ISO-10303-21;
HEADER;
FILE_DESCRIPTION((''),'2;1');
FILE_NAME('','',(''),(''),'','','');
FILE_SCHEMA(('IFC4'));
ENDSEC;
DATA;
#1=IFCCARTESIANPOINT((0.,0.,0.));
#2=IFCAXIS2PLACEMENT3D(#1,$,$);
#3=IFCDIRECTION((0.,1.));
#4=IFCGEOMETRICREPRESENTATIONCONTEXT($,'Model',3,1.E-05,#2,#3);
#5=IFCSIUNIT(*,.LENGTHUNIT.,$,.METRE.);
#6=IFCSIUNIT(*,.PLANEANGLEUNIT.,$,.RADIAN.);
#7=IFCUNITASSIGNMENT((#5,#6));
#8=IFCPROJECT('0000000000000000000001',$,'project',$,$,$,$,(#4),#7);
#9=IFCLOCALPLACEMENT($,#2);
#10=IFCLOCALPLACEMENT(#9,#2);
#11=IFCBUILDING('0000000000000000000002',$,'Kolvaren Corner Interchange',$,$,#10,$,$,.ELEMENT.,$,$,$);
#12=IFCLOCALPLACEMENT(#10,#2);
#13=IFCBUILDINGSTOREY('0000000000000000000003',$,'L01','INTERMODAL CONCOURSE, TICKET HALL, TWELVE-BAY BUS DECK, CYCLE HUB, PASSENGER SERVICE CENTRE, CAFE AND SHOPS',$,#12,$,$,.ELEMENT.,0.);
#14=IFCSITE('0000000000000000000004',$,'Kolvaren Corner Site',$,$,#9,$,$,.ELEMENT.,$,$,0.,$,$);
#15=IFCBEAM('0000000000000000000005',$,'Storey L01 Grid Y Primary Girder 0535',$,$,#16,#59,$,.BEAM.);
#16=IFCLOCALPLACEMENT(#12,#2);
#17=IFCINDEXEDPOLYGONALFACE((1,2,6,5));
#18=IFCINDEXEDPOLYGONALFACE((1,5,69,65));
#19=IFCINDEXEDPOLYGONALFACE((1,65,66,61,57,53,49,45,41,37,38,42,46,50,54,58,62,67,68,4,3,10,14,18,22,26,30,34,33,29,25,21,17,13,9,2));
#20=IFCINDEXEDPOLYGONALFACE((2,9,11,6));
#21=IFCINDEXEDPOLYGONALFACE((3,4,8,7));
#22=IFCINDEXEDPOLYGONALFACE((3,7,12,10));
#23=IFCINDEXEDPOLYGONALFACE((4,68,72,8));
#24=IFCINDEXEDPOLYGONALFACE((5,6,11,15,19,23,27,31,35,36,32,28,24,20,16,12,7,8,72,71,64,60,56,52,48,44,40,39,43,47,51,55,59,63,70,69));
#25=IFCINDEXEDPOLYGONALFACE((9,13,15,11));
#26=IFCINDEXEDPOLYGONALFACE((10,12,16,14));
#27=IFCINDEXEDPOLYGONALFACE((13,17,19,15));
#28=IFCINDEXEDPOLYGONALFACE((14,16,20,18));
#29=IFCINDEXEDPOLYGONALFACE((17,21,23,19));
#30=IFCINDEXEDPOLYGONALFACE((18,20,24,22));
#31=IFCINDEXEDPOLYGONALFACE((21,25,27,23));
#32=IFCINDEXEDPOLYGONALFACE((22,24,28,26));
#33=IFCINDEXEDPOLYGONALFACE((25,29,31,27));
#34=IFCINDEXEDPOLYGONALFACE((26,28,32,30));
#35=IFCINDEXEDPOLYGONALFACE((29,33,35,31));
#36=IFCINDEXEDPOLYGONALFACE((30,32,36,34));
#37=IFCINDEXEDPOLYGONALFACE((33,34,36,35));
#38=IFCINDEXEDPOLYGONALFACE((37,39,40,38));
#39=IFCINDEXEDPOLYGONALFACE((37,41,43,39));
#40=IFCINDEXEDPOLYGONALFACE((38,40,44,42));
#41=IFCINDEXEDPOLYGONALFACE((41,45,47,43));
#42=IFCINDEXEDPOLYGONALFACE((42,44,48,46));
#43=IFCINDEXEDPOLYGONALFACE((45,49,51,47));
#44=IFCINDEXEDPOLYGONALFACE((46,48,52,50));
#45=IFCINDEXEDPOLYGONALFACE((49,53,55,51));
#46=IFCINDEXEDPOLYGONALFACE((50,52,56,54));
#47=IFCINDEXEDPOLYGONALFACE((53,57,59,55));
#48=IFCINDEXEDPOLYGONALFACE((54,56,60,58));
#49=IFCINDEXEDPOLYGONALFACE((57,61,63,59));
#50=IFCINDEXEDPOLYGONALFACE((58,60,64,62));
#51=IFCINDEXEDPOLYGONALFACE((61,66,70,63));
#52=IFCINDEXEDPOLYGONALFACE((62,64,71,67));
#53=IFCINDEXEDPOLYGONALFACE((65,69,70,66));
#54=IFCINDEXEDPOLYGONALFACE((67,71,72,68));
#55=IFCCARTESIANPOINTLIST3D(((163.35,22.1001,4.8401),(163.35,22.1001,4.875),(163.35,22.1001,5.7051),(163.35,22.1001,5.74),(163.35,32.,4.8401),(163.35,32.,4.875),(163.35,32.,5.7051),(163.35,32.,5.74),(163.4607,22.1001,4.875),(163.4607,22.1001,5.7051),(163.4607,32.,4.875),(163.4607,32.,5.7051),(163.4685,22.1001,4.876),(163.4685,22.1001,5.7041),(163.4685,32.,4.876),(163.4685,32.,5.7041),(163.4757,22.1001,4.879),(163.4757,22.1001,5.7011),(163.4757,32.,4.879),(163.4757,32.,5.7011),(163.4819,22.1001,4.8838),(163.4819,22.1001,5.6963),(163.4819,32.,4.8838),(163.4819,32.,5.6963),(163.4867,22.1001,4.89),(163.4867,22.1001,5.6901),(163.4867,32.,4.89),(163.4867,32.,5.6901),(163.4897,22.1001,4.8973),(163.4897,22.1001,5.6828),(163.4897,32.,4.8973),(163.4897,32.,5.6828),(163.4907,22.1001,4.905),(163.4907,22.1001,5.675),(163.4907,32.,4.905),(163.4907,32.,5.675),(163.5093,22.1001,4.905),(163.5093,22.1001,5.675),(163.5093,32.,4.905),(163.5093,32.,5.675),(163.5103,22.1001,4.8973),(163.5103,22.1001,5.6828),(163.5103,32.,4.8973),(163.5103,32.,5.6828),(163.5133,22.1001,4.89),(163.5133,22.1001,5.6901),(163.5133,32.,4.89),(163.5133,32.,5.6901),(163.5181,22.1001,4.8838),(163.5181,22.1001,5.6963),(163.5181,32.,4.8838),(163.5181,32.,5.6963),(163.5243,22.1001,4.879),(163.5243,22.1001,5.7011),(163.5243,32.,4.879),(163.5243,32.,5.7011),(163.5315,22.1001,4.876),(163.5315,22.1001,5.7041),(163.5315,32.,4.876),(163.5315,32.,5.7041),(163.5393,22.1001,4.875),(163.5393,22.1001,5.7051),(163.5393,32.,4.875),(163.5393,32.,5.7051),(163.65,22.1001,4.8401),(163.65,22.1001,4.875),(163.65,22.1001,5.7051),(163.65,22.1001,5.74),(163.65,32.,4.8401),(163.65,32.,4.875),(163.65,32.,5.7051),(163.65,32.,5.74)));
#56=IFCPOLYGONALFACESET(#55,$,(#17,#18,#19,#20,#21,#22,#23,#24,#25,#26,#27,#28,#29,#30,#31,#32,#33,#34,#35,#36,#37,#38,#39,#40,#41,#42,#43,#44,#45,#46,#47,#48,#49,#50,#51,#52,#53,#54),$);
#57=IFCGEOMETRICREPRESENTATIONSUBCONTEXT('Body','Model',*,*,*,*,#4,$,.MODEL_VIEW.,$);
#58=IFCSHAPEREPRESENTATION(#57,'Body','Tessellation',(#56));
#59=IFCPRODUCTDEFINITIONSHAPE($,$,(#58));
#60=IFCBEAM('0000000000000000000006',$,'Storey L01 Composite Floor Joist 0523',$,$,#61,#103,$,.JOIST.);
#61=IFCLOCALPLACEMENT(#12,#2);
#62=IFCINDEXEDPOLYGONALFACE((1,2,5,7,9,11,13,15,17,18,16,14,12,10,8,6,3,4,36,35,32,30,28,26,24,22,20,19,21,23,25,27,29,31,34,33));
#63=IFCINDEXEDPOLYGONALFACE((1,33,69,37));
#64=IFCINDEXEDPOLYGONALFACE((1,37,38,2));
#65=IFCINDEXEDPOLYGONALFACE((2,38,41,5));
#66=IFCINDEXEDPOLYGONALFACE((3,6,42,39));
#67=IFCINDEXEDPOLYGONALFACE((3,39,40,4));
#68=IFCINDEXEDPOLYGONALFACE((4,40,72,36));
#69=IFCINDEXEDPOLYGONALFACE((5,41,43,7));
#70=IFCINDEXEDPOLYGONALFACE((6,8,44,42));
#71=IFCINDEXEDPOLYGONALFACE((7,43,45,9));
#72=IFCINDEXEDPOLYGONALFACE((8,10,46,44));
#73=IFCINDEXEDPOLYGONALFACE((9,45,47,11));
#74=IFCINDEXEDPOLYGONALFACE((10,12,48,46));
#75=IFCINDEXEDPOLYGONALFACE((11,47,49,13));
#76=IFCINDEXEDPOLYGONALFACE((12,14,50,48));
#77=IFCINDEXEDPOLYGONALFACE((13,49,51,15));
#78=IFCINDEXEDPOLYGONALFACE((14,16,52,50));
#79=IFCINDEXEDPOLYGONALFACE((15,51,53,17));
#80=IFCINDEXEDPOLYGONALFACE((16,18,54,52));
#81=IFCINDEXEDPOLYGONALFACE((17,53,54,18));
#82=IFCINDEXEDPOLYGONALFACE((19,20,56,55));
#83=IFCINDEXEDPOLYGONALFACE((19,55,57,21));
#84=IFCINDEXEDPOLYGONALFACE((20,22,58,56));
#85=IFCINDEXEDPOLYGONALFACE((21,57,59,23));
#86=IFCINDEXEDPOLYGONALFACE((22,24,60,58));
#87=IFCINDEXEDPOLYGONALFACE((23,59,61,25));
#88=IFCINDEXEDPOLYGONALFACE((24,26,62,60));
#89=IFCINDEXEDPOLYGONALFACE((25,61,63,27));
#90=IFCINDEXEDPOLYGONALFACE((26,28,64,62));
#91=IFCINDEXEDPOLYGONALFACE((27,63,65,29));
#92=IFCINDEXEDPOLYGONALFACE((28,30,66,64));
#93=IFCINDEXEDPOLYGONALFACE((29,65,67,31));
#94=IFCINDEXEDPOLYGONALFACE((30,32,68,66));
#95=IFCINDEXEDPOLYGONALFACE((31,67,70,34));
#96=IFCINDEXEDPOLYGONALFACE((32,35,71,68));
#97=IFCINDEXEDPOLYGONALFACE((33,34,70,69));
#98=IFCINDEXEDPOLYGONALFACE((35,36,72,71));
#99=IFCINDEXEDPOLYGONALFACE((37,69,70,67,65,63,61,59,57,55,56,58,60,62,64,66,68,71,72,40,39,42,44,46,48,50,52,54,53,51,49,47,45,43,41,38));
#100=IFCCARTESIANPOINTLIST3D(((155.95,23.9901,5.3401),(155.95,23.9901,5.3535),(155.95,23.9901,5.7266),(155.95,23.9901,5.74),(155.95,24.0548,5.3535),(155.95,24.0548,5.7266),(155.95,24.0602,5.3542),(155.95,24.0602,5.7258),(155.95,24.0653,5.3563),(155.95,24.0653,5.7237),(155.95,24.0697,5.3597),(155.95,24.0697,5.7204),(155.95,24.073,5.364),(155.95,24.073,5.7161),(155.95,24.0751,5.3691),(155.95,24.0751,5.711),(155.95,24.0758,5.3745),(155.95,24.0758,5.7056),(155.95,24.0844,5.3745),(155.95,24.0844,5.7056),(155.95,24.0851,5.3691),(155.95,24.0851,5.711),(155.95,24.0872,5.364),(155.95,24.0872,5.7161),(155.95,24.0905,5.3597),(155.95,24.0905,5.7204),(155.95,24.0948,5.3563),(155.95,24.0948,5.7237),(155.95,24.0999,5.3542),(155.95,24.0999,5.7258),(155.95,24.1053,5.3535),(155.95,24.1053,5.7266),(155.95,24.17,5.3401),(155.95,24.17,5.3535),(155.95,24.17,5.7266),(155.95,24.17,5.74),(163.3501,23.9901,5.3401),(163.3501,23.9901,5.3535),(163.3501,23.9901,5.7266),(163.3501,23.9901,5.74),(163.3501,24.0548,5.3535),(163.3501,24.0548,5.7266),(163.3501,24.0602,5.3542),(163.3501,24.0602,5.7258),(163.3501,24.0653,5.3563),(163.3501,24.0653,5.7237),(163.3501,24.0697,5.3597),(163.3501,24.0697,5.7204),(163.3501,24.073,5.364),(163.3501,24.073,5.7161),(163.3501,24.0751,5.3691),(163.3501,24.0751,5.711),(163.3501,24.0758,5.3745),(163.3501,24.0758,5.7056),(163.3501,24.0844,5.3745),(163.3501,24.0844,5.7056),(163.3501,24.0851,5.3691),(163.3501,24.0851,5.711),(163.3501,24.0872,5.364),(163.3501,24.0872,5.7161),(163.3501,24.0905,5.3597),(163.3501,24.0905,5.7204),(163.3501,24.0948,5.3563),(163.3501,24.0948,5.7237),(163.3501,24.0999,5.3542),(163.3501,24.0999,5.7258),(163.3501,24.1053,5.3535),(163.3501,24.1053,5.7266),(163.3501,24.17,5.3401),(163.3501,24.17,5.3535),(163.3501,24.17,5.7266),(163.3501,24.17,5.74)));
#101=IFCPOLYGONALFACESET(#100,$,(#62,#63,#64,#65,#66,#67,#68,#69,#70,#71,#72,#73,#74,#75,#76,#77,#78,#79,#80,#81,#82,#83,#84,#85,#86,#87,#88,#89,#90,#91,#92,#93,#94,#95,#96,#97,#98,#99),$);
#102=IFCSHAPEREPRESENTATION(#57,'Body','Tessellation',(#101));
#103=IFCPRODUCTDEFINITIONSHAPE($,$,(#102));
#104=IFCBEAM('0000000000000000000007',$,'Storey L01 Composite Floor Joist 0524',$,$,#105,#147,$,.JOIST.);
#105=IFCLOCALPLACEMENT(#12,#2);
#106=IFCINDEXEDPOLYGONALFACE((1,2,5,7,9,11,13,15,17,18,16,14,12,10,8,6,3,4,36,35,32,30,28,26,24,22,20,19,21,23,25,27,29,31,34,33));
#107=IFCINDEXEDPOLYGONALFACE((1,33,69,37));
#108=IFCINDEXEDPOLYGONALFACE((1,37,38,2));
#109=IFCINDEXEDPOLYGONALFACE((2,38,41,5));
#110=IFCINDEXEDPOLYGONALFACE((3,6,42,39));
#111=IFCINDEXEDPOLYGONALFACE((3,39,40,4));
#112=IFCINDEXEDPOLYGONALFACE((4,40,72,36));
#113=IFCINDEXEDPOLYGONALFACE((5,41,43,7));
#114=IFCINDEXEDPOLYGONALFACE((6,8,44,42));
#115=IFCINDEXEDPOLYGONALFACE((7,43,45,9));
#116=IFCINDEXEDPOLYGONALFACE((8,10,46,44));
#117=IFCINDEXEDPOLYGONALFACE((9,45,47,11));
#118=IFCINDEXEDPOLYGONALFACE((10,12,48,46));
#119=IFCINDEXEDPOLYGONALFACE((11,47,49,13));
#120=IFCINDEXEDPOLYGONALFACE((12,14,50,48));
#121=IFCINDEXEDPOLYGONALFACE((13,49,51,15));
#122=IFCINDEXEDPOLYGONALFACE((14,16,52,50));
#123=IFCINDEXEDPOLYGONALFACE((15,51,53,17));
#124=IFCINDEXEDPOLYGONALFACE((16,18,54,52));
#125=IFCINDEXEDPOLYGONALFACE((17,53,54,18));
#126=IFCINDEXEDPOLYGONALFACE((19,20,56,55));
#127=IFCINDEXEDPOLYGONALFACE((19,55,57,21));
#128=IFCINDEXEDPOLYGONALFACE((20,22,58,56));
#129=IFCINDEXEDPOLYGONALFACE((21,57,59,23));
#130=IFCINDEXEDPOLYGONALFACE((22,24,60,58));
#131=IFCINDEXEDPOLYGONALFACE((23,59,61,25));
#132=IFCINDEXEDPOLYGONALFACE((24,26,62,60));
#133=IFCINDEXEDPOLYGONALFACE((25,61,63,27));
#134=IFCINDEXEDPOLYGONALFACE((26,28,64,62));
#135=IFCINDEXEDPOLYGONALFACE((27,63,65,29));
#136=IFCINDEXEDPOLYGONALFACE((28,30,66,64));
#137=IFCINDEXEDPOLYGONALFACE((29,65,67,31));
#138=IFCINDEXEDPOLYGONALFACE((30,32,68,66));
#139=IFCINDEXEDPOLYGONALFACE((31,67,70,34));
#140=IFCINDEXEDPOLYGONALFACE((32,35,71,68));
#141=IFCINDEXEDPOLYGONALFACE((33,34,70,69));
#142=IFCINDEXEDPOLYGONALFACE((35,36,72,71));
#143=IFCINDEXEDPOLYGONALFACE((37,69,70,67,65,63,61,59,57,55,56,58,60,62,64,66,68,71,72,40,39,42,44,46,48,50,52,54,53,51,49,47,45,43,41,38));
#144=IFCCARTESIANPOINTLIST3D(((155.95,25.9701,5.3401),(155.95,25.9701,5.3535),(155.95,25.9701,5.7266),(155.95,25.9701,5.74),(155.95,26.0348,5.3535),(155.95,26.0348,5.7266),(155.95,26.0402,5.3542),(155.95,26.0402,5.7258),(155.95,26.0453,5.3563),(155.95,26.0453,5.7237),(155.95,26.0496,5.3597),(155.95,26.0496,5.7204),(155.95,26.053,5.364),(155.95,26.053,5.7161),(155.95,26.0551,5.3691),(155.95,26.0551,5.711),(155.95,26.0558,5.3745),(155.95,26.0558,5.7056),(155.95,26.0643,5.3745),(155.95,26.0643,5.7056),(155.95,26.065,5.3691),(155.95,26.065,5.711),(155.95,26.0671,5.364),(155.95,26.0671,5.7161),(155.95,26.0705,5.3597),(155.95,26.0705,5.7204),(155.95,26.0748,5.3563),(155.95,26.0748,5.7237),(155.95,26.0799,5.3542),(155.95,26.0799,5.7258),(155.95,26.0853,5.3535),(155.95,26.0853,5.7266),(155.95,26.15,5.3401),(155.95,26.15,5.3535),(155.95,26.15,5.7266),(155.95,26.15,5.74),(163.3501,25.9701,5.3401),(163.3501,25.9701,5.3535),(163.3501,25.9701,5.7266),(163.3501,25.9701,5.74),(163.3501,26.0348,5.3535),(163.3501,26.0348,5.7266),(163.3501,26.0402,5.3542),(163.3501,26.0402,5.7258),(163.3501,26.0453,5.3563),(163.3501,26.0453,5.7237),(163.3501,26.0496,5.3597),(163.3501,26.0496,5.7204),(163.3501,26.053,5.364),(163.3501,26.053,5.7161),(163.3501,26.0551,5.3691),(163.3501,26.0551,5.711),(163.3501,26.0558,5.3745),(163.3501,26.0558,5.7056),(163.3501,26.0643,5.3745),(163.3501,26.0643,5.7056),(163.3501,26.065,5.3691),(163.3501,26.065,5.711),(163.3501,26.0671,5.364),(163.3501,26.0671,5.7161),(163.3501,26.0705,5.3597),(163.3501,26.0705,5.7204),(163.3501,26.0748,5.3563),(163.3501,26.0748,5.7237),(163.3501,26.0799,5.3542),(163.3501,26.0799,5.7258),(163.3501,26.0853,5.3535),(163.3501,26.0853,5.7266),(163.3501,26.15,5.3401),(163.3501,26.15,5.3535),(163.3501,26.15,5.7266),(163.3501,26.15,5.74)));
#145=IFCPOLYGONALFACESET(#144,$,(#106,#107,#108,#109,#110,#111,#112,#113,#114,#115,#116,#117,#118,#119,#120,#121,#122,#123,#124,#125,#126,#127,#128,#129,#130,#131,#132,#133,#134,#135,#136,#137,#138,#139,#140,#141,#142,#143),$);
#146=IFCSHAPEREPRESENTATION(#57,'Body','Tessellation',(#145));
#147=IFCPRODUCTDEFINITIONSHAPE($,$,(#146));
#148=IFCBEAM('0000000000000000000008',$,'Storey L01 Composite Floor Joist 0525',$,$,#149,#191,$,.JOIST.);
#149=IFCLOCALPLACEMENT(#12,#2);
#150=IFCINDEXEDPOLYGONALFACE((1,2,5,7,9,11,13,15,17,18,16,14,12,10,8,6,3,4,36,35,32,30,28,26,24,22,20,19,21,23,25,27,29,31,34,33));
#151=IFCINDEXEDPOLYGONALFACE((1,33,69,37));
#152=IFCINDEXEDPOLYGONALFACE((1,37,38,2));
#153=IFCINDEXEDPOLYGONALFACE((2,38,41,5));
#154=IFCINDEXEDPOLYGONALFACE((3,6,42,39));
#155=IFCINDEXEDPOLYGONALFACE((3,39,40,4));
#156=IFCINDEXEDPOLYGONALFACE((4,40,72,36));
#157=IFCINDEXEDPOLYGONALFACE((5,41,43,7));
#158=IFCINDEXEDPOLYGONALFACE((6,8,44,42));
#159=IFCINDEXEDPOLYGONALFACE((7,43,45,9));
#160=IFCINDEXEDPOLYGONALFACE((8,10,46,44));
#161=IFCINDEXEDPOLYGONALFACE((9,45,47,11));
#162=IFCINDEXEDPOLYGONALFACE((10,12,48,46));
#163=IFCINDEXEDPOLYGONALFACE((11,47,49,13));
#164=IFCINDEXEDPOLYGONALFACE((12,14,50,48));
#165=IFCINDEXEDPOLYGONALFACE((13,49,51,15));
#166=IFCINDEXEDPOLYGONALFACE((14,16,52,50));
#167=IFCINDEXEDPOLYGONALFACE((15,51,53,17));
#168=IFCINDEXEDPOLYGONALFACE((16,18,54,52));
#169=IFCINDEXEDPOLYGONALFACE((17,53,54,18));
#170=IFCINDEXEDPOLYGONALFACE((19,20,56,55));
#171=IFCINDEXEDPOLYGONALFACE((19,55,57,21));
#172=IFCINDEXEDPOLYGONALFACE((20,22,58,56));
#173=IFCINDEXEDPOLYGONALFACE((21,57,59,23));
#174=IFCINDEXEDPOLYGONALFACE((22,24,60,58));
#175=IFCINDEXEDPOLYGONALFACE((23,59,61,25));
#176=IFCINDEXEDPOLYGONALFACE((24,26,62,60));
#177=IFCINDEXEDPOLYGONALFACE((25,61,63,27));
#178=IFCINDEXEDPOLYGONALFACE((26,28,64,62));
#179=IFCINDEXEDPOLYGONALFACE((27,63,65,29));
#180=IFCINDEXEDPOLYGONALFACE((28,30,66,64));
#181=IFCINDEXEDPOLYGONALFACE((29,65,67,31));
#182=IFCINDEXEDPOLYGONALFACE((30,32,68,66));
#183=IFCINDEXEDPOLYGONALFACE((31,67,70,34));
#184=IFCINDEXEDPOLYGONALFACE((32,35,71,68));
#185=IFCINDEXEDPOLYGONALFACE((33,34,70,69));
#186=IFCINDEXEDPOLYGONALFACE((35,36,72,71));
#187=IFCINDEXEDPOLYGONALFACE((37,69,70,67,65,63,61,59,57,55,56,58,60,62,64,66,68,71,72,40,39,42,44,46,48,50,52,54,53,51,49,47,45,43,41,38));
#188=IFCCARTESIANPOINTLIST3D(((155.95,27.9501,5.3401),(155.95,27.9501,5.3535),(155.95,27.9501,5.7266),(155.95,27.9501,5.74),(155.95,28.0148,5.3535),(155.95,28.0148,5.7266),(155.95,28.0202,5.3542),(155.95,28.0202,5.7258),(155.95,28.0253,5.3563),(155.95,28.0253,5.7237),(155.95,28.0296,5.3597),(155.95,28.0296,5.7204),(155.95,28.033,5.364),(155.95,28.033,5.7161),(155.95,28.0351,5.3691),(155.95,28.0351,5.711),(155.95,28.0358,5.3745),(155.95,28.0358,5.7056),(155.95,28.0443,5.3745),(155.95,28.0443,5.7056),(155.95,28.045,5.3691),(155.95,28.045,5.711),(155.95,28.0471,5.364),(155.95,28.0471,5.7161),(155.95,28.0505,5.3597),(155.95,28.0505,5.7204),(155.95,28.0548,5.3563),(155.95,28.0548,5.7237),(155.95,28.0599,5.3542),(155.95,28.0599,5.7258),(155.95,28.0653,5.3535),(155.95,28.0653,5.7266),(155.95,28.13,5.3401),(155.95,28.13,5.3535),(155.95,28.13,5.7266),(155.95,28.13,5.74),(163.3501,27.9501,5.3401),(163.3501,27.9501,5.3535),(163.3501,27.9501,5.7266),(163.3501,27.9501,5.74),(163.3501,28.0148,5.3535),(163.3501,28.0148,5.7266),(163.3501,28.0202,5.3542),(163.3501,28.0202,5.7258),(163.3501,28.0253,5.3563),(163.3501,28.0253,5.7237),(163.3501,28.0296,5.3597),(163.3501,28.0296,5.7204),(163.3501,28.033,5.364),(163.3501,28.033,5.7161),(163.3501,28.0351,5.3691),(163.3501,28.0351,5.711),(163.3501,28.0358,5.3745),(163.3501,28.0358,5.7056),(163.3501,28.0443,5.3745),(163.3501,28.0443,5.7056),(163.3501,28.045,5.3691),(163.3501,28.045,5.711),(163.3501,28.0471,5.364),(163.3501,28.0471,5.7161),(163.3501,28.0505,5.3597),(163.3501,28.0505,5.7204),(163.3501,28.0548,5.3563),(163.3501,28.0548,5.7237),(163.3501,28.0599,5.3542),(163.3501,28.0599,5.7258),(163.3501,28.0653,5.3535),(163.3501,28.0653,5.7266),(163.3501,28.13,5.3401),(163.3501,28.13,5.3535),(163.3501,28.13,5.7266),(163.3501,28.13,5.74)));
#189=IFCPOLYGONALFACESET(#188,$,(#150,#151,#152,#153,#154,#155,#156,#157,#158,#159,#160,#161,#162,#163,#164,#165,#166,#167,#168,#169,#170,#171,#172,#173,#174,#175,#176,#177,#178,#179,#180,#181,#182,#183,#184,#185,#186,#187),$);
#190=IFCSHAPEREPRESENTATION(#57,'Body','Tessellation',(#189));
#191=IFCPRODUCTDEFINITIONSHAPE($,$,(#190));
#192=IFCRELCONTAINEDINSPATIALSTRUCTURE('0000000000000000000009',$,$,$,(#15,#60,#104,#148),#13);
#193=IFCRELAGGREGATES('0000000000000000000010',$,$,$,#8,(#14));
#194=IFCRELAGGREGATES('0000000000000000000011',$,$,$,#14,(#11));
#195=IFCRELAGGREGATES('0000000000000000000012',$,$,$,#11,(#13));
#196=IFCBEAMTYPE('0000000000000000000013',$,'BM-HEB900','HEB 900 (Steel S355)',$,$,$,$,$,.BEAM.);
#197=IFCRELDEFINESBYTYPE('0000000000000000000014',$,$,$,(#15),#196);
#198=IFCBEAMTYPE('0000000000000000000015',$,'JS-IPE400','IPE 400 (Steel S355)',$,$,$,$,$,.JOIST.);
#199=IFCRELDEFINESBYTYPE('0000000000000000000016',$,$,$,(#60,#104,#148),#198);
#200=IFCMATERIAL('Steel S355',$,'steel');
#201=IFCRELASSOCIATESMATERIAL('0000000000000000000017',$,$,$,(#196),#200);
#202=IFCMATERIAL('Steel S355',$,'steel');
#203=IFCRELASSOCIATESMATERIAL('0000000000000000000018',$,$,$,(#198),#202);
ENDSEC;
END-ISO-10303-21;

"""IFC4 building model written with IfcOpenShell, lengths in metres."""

from ifc_helpers import new_model, si_unit, direction, frame, origin, origin_2d, place, context, subcontext, project, spatial, i_section, extrude, material, material_profile, profile_set, type_object, element, save


model = new_model("IFC4")

# Units and contexts
model_context = context("Model", 3, precision=1e-05, world=origin(), true_north=direction((0.0, 1.0)))
body_context = subcontext(model_context, "Body", "Model", "MODEL_VIEW")
ifc_project = project(units=[si_unit("LENGTHUNIT", "METRE"), si_unit("PLANEANGLEUNIT", "RADIAN")], contexts=[model_context])

# Site, building, storey
site_placement = place(None, origin())
site = spatial("IfcSite", under=ifc_project, at=site_placement, Name="Kolvaren Corner Site", CompositionType="ELEMENT", RefElevation=0.0)
building_placement = place(site_placement, origin())
building = spatial("IfcBuilding", under=site, at=building_placement, Name="Kolvaren Corner Interchange", CompositionType="ELEMENT")
storey_placement = place(building_placement, origin())
storey = spatial("IfcBuildingStorey", under=building, at=storey_placement, Name="L01", Description="INTERMODAL CONCOURSE, TICKET HALL, TWELVE-BAY BUS DECK, CYCLE HUB, PASSENGER SERVICE CENTRE, CAFE AND SHOPS", CompositionType="ELEMENT", Elevation=0.0)

# Beams
ifc_material_1 = material(Name="Steel S355", Category="steel")
ifc_material_profile_1 = material_profile(ifc_material_1, i_section(OverallWidth=0.3, OverallDepth=0.8999, WebThickness=0.0186, FlangeThickness=0.0349, FilletRadius=0.03, at=origin_2d()), Name="HEB 900")
ifc_profile_set_1 = profile_set([ifc_material_profile_1], Name="Steel S355")
beam_type_1 = type_object("IfcBeamType", Name="BM-HEB900", Description="HEB 900 (Steel S355)", PredefinedType="BEAM", material=ifc_profile_set_1)
beam_1_placement = place(storey_placement, frame((163.5, 22.1001, 5.29), z_axis=(0.0, 1.0, 0.0), x_axis=(-1.0, 0.0, 0.0)))
element("IfcBeam", 1, at=beam_1_placement, inside=storey, type_object=beam_type_1, Name="Storey L01 Grid Y Primary Girder 0535", PredefinedType="BEAM", context=body_context, shape_type="SweptSolid", body=[
    extrude(i_section(OverallWidth=0.3, OverallDepth=0.8999, WebThickness=0.0186, FlangeThickness=0.0349, FilletRadius=0.03, at=origin_2d()), origin(), (0.0, 0.0, 1.0), 9.8999),
])
ifc_material_2 = material(Name="Steel S355", Category="steel")
ifc_material_profile_2 = material_profile(ifc_material_2, i_section(OverallWidth=0.1799, OverallDepth=0.3999, WebThickness=0.0085, FlangeThickness=0.0134, FilletRadius=0.021, at=origin_2d()), Name="IPE 400")
ifc_profile_set_2 = profile_set([ifc_material_profile_2], Name="Steel S355")
beam_type_2 = type_object("IfcBeamType", Name="JS-IPE400", Description="IPE 400 (Steel S355)", PredefinedType="JOIST", material=ifc_profile_set_2)
for number, where, z_axis, x_axis, name in (
    (2, (155.95, 24.0801, 5.54), (1.0, 0.0, 0.0), (0.0, 1.0, 0.0), "Storey L01 Composite Floor Joist 0523"),
    (3, (155.95, 26.0601, 5.54), (1.0, 0.0, 0.0), (0.0, 1.0, 0.0), "Storey L01 Composite Floor Joist 0524"),
    (4, (155.95, 28.04, 5.54), (1.0, 0.0, 0.0), (0.0, 1.0, 0.0), "Storey L01 Composite Floor Joist 0525"),
):
    element("IfcBeam", number, at=place(storey_placement, frame(where, z_axis=z_axis, x_axis=x_axis)), inside=storey, type_object=beam_type_2, Name=name, PredefinedType="JOIST", context=body_context, shape_type="SweptSolid", body=[
        extrude(i_section(OverallWidth=0.1799, OverallDepth=0.3999, WebThickness=0.0085, FlangeThickness=0.0134, FilletRadius=0.021, at=origin_2d()), origin(), (0.0, 0.0, 1.0), 7.4001),
    ])

save(model, "model.ifc")
